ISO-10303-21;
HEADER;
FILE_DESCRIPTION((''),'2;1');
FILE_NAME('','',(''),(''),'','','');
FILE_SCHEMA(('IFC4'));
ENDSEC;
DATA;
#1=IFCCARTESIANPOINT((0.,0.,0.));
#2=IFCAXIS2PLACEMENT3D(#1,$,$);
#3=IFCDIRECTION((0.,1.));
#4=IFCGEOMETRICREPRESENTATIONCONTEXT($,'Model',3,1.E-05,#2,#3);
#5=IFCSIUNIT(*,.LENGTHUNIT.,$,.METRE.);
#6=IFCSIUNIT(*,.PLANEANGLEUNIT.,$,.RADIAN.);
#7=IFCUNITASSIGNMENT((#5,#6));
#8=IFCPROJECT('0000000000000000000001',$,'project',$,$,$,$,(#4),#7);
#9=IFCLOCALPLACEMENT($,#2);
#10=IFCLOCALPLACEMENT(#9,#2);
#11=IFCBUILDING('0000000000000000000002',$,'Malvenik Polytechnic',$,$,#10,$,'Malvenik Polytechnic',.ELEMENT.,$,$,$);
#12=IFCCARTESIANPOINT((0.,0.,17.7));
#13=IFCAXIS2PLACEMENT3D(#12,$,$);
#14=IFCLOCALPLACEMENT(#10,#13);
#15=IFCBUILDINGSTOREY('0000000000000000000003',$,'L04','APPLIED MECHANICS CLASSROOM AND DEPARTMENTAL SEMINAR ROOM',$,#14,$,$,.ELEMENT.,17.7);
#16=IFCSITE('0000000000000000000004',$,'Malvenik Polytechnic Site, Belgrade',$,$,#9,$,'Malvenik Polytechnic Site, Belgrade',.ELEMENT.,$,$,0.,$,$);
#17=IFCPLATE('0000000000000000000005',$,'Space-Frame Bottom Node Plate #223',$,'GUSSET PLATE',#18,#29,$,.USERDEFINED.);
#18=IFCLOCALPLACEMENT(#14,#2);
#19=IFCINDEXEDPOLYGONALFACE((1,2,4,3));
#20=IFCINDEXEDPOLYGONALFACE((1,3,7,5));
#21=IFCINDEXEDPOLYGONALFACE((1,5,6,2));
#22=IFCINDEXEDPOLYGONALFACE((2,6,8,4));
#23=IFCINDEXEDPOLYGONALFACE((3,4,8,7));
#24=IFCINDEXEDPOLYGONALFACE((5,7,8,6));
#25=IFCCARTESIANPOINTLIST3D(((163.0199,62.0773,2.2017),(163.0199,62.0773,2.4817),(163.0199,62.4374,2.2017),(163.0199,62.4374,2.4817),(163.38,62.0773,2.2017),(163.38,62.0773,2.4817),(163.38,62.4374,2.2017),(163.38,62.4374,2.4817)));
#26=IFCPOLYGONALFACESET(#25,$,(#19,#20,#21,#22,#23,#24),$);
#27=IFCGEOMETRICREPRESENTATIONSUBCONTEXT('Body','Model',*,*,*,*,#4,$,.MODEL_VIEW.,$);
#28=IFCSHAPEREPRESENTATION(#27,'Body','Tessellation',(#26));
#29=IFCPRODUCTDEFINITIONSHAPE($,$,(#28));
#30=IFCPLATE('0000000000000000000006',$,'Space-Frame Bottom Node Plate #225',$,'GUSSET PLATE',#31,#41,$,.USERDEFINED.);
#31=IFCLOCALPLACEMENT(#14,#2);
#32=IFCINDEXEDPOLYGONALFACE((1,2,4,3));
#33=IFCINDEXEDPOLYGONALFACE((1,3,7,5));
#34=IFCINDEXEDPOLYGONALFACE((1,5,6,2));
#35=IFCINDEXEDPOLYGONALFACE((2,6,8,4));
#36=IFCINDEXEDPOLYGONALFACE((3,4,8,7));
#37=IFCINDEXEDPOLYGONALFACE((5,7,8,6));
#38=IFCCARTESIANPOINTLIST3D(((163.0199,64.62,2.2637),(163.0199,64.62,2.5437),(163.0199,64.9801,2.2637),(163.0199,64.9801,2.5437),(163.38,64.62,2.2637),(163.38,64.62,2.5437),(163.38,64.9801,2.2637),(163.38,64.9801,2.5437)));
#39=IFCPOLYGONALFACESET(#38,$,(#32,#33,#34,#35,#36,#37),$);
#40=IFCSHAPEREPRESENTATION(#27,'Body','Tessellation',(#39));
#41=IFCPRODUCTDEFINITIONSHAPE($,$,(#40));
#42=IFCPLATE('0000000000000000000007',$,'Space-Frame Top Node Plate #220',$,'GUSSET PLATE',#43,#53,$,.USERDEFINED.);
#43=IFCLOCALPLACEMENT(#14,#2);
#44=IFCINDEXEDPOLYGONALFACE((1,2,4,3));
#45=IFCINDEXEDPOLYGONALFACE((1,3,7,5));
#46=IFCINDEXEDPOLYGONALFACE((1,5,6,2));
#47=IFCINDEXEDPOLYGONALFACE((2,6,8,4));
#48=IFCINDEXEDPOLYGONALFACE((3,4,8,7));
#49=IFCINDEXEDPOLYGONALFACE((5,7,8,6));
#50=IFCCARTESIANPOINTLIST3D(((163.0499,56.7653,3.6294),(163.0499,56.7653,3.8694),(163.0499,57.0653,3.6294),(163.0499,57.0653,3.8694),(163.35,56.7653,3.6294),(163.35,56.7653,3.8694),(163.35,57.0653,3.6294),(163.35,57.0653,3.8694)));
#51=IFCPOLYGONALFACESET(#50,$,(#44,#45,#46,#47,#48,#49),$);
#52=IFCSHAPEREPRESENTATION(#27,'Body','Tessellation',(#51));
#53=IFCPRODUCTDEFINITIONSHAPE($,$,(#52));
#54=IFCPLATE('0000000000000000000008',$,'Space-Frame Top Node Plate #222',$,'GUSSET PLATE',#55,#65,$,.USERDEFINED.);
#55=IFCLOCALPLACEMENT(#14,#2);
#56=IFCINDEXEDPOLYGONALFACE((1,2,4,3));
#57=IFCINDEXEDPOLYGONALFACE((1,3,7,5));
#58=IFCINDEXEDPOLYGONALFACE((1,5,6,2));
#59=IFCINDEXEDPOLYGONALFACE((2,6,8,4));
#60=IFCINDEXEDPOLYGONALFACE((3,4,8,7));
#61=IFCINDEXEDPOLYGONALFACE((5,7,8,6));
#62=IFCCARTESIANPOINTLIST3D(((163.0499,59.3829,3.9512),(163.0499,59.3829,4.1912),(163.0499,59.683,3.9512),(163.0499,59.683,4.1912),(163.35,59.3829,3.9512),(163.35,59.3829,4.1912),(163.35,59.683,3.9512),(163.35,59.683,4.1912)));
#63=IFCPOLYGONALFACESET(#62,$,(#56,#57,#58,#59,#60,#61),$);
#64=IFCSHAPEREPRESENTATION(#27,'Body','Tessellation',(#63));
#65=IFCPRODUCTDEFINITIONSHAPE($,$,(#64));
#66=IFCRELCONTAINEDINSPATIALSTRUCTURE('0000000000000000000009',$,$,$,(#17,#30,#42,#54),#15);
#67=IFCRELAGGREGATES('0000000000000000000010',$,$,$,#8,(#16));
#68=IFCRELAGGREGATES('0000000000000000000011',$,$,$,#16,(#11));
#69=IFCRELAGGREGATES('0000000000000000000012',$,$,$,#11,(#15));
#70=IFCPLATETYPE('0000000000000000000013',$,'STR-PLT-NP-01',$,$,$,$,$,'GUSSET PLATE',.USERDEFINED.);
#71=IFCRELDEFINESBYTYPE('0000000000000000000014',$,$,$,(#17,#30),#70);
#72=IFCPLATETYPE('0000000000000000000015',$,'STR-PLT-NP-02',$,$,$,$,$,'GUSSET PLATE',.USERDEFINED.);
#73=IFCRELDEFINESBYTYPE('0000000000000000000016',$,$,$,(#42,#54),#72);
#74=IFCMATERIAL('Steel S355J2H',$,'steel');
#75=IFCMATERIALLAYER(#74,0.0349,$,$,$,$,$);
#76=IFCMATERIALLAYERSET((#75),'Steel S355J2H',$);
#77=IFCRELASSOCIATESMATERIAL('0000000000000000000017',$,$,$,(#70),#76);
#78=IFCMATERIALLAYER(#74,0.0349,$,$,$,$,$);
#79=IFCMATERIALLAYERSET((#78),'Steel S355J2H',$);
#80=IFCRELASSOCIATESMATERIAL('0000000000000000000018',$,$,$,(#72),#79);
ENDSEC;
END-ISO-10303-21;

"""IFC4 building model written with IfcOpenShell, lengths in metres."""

from ifc_helpers import new_model, si_unit, direction, frame, origin, origin_2d, place, context, subcontext, project, spatial, rectangle, extrude, material, layer, layer_set, type_object, element, save


model = new_model("IFC4")

# Units and contexts
model_context = context("Model", 3, precision=1e-05, world=origin(), true_north=direction((0.0, 1.0)))
body_context = subcontext(model_context, "Body", "Model", "MODEL_VIEW")
ifc_project = project(units=[si_unit("LENGTHUNIT", "METRE"), si_unit("PLANEANGLEUNIT", "RADIAN")], contexts=[model_context])

# Site, building, storey
site_placement = place(None, origin())
site = spatial("IfcSite", under=ifc_project, at=site_placement, Name="Malvenik Polytechnic Site, Belgrade", LongName="Malvenik Polytechnic Site, Belgrade", CompositionType="ELEMENT", RefElevation=0.0)
building_placement = place(site_placement, origin())
building = spatial("IfcBuilding", under=site, at=building_placement, Name="Malvenik Polytechnic", LongName="Malvenik Polytechnic", CompositionType="ELEMENT")
storey_placement = place(building_placement, frame((0.0, 0.0, 17.7)))
storey = spatial("IfcBuildingStorey", under=building, at=storey_placement, Name="L04", Description="APPLIED MECHANICS CLASSROOM AND DEPARTMENTAL SEMINAR ROOM", CompositionType="ELEMENT", Elevation=17.7)

# Shared definitions
ifc_material_1 = material(Name="Steel S355J2H", Category="steel")

# Plates
ifc_layer_1 = layer(ifc_material_1, 0.0349)
ifc_layer_set_1 = layer_set([ifc_layer_1], Name="Steel S355J2H")
plate_type_1 = type_object("IfcPlateType", Name="STR-PLT-NP-01", ElementType="GUSSET PLATE", PredefinedType="USERDEFINED", material=ifc_layer_set_1)
for number, where, z_axis, x_axis, name in (
    (1, (163.2, 62.2573, 2.2017), (0.0, 0.0, 1.0), (1.0, 0.0, 0.0), "Space-Frame Bottom Node Plate #223"),
    (2, (163.2, 64.8, 2.2637), (0.0, 0.0, 1.0), (1.0, 0.0, 0.0), "Space-Frame Bottom Node Plate #225"),
):
    element("IfcPlate", number, at=place(storey_placement, frame(where, z_axis=z_axis, x_axis=x_axis)), inside=storey, type_object=plate_type_1, Name=name, ObjectType="GUSSET PLATE", PredefinedType="USERDEFINED", context=body_context, shape_type="SweptSolid", body=[
        extrude(rectangle(XDim=0.3601, YDim=0.3601, at=origin_2d()), origin(), (0.0, 0.0, 1.0), 0.28),
    ])
ifc_layer_2 = layer(ifc_material_1, 0.0349)
ifc_layer_set_2 = layer_set([ifc_layer_2], Name="Steel S355J2H")
plate_type_2 = type_object("IfcPlateType", Name="STR-PLT-NP-02", ElementType="GUSSET PLATE", PredefinedType="USERDEFINED", material=ifc_layer_set_2)
for number, where, z_axis, x_axis, name in (
    (3, (163.2, 56.9153, 3.6294), (0.0, 0.0, 1.0), (1.0, 0.0, 0.0), "Space-Frame Top Node Plate #220"),
    (4, (163.2, 59.533, 3.9512), (0.0, 0.0, 1.0), (1.0, 0.0, 0.0), "Space-Frame Top Node Plate #222"),
):
    element("IfcPlate", number, at=place(storey_placement, frame(where, z_axis=z_axis, x_axis=x_axis)), inside=storey, type_object=plate_type_2, Name=name, ObjectType="GUSSET PLATE", PredefinedType="USERDEFINED", context=body_context, shape_type="SweptSolid", body=[
        extrude(rectangle(XDim=0.3, YDim=0.3, at=origin_2d()), origin(), (0.0, 0.0, 1.0), 0.24),
    ])

save(model, "model.ifc")
